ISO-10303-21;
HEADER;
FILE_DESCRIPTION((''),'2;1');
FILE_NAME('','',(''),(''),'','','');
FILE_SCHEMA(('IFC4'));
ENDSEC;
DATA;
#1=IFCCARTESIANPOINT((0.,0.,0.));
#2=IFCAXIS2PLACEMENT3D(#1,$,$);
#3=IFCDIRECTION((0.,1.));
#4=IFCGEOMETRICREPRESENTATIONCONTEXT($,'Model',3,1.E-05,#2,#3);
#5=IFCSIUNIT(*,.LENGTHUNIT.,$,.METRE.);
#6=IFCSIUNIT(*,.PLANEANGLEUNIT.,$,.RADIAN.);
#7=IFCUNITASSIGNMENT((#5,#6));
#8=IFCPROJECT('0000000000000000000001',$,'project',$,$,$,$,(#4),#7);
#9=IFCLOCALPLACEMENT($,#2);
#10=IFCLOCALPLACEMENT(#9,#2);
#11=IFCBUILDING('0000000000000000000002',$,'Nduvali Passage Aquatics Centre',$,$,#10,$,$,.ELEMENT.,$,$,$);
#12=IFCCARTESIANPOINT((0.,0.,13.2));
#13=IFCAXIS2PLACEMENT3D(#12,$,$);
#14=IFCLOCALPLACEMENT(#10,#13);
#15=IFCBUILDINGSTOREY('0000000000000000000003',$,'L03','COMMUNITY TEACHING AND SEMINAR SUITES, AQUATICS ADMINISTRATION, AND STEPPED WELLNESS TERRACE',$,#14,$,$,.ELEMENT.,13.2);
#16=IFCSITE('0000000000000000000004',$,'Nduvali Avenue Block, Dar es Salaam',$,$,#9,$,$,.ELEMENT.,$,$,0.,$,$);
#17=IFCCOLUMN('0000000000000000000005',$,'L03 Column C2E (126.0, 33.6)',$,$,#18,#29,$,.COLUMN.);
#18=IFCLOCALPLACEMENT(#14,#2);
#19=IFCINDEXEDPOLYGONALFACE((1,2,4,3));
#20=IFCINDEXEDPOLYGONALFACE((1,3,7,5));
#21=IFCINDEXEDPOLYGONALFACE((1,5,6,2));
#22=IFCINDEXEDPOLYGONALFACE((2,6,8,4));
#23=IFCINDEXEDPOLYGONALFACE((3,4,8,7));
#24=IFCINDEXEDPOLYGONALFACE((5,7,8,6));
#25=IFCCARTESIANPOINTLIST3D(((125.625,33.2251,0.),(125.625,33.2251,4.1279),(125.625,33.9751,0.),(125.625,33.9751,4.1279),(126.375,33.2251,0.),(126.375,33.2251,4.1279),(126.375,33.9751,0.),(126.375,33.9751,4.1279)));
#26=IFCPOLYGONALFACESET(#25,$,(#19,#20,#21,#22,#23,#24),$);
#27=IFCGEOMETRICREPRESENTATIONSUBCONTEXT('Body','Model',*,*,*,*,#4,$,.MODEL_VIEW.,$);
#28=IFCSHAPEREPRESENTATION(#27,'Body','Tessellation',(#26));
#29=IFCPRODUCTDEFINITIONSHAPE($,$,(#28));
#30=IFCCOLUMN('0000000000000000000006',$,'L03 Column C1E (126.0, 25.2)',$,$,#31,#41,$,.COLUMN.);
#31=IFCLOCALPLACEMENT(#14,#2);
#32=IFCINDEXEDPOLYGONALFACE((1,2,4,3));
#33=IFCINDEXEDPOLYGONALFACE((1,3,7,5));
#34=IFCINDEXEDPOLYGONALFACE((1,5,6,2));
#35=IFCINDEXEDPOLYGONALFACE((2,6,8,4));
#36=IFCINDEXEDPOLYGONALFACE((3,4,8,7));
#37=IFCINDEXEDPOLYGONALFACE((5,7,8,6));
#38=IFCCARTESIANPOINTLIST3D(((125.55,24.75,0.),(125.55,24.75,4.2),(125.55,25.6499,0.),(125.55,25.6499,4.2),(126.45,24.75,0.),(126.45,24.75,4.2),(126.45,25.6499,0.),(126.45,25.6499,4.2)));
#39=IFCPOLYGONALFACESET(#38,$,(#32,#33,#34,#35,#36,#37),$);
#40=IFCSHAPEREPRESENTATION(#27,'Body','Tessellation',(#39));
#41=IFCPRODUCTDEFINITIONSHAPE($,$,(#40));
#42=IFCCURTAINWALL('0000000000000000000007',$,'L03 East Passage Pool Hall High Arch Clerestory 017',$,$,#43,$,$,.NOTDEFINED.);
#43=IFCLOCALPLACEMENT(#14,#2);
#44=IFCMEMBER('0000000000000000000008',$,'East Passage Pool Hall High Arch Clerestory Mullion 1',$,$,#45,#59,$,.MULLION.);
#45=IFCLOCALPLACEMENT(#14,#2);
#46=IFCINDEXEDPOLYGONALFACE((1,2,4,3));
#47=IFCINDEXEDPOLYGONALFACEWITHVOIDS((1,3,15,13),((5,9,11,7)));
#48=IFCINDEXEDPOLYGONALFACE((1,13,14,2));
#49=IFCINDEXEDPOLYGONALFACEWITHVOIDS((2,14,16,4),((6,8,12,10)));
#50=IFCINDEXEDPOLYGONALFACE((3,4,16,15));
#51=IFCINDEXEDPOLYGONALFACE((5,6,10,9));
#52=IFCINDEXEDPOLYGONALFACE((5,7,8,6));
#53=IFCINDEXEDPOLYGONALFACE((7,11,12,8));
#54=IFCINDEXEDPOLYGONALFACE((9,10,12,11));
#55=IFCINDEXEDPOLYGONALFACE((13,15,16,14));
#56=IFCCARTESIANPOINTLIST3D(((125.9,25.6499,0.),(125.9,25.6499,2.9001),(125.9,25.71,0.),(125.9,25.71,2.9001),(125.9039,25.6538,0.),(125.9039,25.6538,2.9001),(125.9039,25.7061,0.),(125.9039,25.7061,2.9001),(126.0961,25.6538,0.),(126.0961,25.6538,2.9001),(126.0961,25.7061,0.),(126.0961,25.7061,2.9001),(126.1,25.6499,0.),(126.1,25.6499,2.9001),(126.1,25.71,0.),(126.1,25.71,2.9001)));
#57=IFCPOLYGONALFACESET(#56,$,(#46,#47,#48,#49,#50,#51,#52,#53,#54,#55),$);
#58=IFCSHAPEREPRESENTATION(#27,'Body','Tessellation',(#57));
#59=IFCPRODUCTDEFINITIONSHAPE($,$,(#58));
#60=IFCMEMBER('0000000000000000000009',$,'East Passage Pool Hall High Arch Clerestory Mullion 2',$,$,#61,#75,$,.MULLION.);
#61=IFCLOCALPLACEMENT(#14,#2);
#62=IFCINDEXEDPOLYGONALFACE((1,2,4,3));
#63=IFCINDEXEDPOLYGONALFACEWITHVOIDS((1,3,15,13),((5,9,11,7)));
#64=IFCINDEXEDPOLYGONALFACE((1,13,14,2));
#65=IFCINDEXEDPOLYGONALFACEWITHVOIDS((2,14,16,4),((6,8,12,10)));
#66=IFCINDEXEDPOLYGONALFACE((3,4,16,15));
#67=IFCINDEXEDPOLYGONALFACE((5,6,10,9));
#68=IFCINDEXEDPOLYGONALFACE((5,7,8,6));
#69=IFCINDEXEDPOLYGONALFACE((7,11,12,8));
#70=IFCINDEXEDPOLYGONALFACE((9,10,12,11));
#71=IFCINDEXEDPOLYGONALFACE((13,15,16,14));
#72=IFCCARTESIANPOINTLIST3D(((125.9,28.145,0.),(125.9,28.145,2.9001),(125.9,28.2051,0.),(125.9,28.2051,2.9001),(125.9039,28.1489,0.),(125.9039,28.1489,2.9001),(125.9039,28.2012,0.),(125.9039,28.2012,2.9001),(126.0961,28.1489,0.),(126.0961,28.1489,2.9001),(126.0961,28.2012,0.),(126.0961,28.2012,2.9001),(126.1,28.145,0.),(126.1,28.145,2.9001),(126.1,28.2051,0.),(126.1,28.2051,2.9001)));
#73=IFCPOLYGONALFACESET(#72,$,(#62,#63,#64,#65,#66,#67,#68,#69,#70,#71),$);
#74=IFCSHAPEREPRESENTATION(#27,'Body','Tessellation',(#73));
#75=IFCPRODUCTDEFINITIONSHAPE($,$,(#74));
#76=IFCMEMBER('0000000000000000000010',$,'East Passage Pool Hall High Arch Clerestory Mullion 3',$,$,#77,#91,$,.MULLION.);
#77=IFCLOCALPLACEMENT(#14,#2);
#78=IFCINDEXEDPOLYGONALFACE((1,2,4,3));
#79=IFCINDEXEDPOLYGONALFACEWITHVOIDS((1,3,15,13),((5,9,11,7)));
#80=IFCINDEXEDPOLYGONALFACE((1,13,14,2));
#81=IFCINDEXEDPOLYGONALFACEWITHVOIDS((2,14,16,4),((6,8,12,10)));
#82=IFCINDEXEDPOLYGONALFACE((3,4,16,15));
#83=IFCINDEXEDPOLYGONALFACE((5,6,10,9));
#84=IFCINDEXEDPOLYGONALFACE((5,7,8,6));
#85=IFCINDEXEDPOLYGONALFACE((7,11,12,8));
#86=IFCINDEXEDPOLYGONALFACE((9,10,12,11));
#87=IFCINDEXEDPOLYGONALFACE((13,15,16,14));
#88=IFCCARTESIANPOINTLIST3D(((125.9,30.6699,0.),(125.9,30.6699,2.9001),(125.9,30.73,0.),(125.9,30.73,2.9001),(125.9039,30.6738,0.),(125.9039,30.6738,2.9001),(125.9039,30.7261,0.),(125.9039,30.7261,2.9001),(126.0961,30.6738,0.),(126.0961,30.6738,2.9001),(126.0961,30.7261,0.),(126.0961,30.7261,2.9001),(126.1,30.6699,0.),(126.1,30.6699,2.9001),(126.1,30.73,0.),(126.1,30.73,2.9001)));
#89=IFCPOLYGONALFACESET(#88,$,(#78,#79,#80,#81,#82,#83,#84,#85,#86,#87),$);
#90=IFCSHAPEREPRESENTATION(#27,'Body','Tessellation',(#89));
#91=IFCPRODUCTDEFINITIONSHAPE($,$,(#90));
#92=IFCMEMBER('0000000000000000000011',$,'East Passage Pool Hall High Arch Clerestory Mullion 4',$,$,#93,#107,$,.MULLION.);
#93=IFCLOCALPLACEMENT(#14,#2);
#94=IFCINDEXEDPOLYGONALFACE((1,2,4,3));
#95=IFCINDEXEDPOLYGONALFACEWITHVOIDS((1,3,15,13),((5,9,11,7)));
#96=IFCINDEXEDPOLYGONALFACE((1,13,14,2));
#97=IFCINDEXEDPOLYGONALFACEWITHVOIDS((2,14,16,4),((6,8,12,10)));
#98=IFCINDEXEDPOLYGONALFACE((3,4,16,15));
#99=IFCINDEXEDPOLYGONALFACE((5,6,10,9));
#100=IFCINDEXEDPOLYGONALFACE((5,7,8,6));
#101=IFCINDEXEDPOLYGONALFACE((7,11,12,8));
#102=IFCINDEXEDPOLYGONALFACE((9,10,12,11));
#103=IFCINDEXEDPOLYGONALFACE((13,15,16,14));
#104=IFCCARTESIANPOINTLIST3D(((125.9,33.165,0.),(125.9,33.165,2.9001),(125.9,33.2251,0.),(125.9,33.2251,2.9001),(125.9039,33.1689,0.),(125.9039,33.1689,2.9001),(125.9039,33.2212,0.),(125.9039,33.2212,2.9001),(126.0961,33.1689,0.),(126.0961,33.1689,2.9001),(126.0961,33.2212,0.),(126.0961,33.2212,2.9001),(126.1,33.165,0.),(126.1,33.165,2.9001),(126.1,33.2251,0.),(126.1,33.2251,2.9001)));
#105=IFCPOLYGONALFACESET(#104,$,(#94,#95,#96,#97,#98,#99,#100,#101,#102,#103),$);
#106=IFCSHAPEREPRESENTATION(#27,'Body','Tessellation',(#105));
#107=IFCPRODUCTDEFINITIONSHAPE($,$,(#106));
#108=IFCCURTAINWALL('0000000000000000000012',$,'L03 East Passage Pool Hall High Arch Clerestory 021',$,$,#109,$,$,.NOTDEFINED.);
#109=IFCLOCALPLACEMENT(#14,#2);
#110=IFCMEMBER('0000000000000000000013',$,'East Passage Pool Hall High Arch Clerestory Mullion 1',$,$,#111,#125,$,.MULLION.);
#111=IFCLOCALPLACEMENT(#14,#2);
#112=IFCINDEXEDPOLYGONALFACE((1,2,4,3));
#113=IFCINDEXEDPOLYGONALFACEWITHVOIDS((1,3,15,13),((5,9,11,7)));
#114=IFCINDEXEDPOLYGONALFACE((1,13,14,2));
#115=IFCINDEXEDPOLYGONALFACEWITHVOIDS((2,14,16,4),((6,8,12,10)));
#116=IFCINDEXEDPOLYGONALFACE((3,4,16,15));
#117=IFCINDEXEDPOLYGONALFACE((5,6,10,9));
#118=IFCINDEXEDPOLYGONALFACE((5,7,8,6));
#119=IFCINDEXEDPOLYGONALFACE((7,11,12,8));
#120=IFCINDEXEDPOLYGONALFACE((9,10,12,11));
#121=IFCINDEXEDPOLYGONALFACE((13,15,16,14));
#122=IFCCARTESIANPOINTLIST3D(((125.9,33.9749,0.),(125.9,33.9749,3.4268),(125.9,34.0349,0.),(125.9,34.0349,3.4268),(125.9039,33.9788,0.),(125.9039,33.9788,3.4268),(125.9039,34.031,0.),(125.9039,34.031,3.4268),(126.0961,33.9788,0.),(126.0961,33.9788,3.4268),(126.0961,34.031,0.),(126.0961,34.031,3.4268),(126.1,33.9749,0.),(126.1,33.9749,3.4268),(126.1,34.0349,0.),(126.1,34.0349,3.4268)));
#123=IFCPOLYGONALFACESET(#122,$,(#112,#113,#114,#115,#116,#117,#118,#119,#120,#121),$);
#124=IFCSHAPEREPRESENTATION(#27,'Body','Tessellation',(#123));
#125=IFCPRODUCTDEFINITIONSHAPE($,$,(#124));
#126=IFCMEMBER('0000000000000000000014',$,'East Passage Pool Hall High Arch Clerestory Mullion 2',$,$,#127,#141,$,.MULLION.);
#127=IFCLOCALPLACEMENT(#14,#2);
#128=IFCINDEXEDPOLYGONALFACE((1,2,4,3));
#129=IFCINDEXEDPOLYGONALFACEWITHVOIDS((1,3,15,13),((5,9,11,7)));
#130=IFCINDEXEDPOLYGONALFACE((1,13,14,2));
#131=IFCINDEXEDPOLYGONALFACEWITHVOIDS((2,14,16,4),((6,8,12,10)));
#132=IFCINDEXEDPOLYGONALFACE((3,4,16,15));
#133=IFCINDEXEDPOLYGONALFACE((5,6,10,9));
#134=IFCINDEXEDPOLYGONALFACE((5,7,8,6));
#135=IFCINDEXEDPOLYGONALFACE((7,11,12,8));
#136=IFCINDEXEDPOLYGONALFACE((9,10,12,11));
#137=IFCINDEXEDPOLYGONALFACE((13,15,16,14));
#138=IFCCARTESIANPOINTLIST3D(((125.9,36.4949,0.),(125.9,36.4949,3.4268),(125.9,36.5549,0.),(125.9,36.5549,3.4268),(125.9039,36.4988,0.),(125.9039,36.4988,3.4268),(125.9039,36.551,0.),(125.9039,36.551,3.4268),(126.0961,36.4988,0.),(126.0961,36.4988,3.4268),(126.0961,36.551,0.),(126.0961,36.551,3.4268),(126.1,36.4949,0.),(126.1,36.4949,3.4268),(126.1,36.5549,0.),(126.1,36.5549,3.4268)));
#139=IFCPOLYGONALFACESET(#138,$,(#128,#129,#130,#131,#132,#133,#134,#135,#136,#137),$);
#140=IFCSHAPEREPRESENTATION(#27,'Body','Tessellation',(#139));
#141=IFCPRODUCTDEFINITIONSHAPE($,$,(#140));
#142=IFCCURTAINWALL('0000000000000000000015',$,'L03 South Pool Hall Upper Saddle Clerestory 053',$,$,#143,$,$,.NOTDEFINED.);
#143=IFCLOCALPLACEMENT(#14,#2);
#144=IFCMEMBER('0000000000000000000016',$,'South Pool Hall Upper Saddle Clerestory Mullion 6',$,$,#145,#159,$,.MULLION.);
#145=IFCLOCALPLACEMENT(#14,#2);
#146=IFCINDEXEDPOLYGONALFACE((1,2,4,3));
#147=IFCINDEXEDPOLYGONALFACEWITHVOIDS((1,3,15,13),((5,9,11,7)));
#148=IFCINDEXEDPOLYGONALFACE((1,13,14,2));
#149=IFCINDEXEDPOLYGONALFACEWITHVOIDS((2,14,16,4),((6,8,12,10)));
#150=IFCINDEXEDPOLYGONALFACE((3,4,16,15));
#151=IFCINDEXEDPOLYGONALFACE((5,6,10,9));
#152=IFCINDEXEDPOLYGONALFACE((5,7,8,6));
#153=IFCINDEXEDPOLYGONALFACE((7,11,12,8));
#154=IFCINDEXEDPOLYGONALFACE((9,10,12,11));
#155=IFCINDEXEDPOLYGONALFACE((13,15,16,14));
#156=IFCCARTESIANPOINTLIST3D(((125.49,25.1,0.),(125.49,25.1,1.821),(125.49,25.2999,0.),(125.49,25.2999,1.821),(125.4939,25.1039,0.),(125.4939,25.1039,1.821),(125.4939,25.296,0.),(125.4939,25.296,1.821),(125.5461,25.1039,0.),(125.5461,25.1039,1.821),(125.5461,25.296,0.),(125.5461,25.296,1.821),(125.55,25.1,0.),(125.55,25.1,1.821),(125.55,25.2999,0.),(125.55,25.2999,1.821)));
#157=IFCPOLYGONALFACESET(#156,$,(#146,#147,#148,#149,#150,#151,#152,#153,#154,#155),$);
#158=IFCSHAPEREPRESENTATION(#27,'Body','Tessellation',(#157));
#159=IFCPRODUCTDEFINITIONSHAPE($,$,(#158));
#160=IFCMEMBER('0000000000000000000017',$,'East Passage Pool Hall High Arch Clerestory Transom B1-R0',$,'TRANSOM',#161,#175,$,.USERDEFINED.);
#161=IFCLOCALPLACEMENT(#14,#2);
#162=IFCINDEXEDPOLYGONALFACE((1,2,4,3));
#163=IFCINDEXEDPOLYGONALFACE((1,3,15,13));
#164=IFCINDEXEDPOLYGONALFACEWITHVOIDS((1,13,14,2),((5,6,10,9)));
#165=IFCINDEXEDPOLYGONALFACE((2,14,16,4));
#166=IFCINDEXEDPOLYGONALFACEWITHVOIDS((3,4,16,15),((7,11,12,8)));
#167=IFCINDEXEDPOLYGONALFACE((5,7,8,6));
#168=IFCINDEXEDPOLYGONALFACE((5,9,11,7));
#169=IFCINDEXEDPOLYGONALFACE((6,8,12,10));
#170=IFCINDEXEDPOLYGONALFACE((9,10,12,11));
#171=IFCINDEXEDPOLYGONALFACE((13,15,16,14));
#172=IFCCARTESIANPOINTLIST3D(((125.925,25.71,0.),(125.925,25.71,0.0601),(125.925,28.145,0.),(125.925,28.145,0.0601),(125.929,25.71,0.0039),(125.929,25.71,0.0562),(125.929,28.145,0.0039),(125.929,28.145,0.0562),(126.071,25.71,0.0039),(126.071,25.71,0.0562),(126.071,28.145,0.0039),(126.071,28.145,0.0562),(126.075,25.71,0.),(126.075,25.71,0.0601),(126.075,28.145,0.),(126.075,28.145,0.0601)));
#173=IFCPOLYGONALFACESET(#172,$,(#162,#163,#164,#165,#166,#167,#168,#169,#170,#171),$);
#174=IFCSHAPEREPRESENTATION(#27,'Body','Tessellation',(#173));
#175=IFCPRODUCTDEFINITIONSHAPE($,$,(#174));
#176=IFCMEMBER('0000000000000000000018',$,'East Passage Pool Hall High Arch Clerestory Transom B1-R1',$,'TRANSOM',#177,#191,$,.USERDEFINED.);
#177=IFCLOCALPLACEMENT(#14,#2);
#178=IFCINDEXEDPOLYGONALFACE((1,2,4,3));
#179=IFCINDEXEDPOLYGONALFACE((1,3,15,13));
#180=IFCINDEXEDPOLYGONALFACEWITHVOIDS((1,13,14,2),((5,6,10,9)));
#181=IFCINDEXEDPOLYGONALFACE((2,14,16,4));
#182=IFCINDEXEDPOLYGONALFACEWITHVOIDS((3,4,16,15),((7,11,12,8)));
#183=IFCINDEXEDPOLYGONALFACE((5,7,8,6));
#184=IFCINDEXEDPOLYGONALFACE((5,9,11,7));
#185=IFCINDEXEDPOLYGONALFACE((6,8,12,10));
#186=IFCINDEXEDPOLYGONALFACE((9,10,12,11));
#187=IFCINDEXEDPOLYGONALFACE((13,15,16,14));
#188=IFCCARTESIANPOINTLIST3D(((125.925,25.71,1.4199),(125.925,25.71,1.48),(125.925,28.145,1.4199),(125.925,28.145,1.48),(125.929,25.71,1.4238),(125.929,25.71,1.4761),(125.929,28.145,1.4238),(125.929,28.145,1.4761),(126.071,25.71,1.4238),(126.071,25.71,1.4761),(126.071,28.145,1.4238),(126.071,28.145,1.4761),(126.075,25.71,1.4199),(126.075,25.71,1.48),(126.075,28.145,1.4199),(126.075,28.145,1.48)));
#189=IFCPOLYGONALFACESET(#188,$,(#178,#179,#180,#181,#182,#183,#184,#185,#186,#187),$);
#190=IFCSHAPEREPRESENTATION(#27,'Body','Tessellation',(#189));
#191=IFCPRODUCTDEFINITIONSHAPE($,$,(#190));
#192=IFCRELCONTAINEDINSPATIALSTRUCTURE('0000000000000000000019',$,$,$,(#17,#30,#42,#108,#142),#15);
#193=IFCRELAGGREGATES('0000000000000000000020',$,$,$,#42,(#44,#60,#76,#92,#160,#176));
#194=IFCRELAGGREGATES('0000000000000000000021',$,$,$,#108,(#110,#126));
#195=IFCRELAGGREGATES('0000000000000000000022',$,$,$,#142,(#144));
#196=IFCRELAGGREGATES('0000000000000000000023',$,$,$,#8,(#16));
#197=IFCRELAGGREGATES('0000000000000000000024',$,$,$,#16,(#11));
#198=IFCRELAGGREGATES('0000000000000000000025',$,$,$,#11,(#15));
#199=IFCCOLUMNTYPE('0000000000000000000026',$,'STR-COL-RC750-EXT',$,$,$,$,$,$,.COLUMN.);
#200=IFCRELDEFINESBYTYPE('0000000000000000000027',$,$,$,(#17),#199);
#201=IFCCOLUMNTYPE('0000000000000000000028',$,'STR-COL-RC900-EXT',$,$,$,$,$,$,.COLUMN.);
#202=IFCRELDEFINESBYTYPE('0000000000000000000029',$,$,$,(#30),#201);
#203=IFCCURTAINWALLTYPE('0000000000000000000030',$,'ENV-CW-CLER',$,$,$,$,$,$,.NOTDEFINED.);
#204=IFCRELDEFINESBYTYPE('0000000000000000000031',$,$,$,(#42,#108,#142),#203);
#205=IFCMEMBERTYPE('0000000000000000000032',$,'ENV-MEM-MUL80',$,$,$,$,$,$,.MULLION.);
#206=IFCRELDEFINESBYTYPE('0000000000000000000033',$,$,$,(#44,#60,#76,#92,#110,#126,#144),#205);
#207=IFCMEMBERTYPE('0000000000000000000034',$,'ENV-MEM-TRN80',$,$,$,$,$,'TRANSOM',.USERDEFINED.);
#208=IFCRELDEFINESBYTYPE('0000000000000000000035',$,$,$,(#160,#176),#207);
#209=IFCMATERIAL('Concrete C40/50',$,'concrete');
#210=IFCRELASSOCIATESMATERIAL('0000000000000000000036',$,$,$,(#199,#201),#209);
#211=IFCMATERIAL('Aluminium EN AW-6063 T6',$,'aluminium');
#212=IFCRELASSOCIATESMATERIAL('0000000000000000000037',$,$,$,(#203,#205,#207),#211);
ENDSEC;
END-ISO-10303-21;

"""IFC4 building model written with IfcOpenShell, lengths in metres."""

from ifc_helpers import new_model, si_unit, direction, frame, origin, origin_2d, place, context, subcontext, project, spatial, rectangle, hollow_rectangle, extrude, material, material_profile, profile_set, type_object, element, aggregate, save


model = new_model("IFC4")

# Units and contexts
model_context = context("Model", 3, precision=1e-05, world=origin(), true_north=direction((0.0, 1.0)))
body_context = subcontext(model_context, "Body", "Model", "MODEL_VIEW")
ifc_project = project(units=[si_unit("LENGTHUNIT", "METRE"), si_unit("PLANEANGLEUNIT", "RADIAN")], contexts=[model_context])

# Site, building, storey
site_placement = place(None, origin())
site = spatial("IfcSite", under=ifc_project, at=site_placement, Name="Nduvali Avenue Block, Dar es Salaam", CompositionType="ELEMENT", RefElevation=0.0)
building_placement = place(site_placement, origin())
building = spatial("IfcBuilding", under=site, at=building_placement, Name="Nduvali Passage Aquatics Centre", CompositionType="ELEMENT")
storey_placement = place(building_placement, frame((0.0, 0.0, 13.2)))
storey = spatial("IfcBuildingStorey", under=building, at=storey_placement, Name="L03", Description="COMMUNITY TEACHING AND SEMINAR SUITES, AQUATICS ADMINISTRATION, AND STEPPED WELLNESS TERRACE", CompositionType="ELEMENT", Elevation=13.2)

# Columns
ifc_material_1 = material(Name="Concrete C40/50", Category="concrete")
ifc_material_profile_1 = material_profile(ifc_material_1, rectangle(XDim=0.75, YDim=0.75, at=origin_2d()), Name="RC 750x750")
ifc_profile_set_1 = profile_set([ifc_material_profile_1], Name="Concrete C40/50")
column_type_1 = type_object("IfcColumnType", Name="STR-COL-RC750-EXT", PredefinedType="COLUMN", material=ifc_profile_set_1)
column_1_placement = place(storey_placement, frame((126.0, 33.6001, 0.0), z_axis=(0.0, 0.0, 1.0), x_axis=(1.0, 0.0, 0.0)))
element("IfcColumn", 1, at=column_1_placement, inside=storey, type_object=column_type_1, Name="L03 Column C2E (126.0, 33.6)", PredefinedType="COLUMN", context=body_context, shape_type="SweptSolid", body=[
    extrude(rectangle(XDim=0.75, YDim=0.75, at=origin_2d()), origin(), (0.0, 0.0, 1.0), 4.1279),
])
ifc_material_profile_2 = material_profile(ifc_material_1, rectangle(XDim=0.8999, YDim=0.8999, at=origin_2d()), Name="RC 900x900")
ifc_profile_set_2 = profile_set([ifc_material_profile_2], Name="Concrete C40/50")
column_type_2 = type_object("IfcColumnType", Name="STR-COL-RC900-EXT", PredefinedType="COLUMN", material=ifc_profile_set_2)
column_2_placement = place(storey_placement, frame((126.0, 25.2, 0.0), z_axis=(0.0, 0.0, 1.0), x_axis=(1.0, 0.0, 0.0)))
element("IfcColumn", 2, at=column_2_placement, inside=storey, type_object=column_type_2, Name="L03 Column C1E (126.0, 25.2)", PredefinedType="COLUMN", context=body_context, shape_type="SweptSolid", body=[
    extrude(rectangle(XDim=0.8999, YDim=0.8999, at=origin_2d()), origin(), (0.0, 0.0, 1.0), 4.2),
])

# Curtain walls, members
ifc_material_2 = material(Name="Aluminium EN AW-6063 T6", Category="aluminium")
curtain_wall_type = type_object("IfcCurtainWallType", Name="ENV-CW-CLER", PredefinedType="NOTDEFINED", material=ifc_material_2)
curtain_wall_1_placement = place(storey_placement, origin())
curtain_wall_1 = element("IfcCurtainWall", 3, at=curtain_wall_1_placement, inside=storey, type_object=curtain_wall_type, Name="L03 East Passage Pool Hall High Arch Clerestory 017", PredefinedType="NOTDEFINED")
ifc_material_profile_3 = material_profile(ifc_material_2, hollow_rectangle(XDim=0.0601, YDim=0.2, WallThickness=0.0039, at=origin_2d()), Name="ALU MULLION 60x200x4")
ifc_profile_set_3 = profile_set([ifc_material_profile_3], Name="Aluminium EN AW-6063 T6")
member_type_1 = type_object("IfcMemberType", Name="ENV-MEM-MUL80", PredefinedType="MULLION", material=ifc_profile_set_3)
member_1_placement = place(storey_placement, frame((126.0, 25.6799, 0.0), z_axis=(0.0, 0.0, 1.0), x_axis=(0.0, 1.0, 0.0)))
member_1 = element("IfcMember", 4, at=member_1_placement, type_object=member_type_1, Name="East Passage Pool Hall High Arch Clerestory Mullion 1", PredefinedType="MULLION", context=body_context, shape_type="SweptSolid", body=[
    extrude(hollow_rectangle(XDim=0.0601, YDim=0.2, WallThickness=0.0039, at=origin_2d()), origin(), (0.0, 0.0, 1.0), 2.9001),
])
member_2_placement = place(storey_placement, frame((126.0, 28.175, 0.0), z_axis=(0.0, 0.0, 1.0), x_axis=(0.0, 1.0, 0.0)))
member_2 = element("IfcMember", 5, at=member_2_placement, type_object=member_type_1, Name="East Passage Pool Hall High Arch Clerestory Mullion 2", PredefinedType="MULLION", context=body_context, shape_type="SweptSolid", body=[
    extrude(hollow_rectangle(XDim=0.0601, YDim=0.2, WallThickness=0.0039, at=origin_2d()), origin(), (0.0, 0.0, 1.0), 2.9001),
])
member_3_placement = place(storey_placement, frame((126.0, 30.7, 0.0), z_axis=(0.0, 0.0, 1.0), x_axis=(0.0, 1.0, 0.0)))
member_3 = element("IfcMember", 6, at=member_3_placement, type_object=member_type_1, Name="East Passage Pool Hall High Arch Clerestory Mullion 3", PredefinedType="MULLION", context=body_context, shape_type="SweptSolid", body=[
    extrude(hollow_rectangle(XDim=0.0601, YDim=0.2, WallThickness=0.0039, at=origin_2d()), origin(), (0.0, 0.0, 1.0), 2.9001),
])
member_4_placement = place(storey_placement, frame((126.0, 33.1951, 0.0), z_axis=(0.0, 0.0, 1.0), x_axis=(0.0, 1.0, 0.0)))
member_4 = element("IfcMember", 7, at=member_4_placement, type_object=member_type_1, Name="East Passage Pool Hall High Arch Clerestory Mullion 4", PredefinedType="MULLION", context=body_context, shape_type="SweptSolid", body=[
    extrude(hollow_rectangle(XDim=0.0601, YDim=0.2, WallThickness=0.0039, at=origin_2d()), origin(), (0.0, 0.0, 1.0), 2.9001),
])
curtain_wall_2_placement = place(storey_placement, origin())
curtain_wall_2 = element("IfcCurtainWall", 8, at=curtain_wall_2_placement, inside=storey, type_object=curtain_wall_type, Name="L03 East Passage Pool Hall High Arch Clerestory 021", PredefinedType="NOTDEFINED")
member_5_placement = place(storey_placement, frame((126.0, 34.0049, 0.0), z_axis=(0.0, 0.0, 1.0), x_axis=(0.0, 1.0, 0.0)))
member_5 = element("IfcMember", 9, at=member_5_placement, type_object=member_type_1, Name="East Passage Pool Hall High Arch Clerestory Mullion 1", PredefinedType="MULLION", context=body_context, shape_type="SweptSolid", body=[
    extrude(hollow_rectangle(XDim=0.0601, YDim=0.2, WallThickness=0.0039, at=origin_2d()), origin(), (0.0, 0.0, 1.0), 3.4268),
])
member_6_placement = place(storey_placement, frame((126.0, 36.5249, 0.0), z_axis=(0.0, 0.0, 1.0), x_axis=(0.0, 1.0, 0.0)))
member_6 = element("IfcMember", 10, at=member_6_placement, type_object=member_type_1, Name="East Passage Pool Hall High Arch Clerestory Mullion 2", PredefinedType="MULLION", context=body_context, shape_type="SweptSolid", body=[
    extrude(hollow_rectangle(XDim=0.0601, YDim=0.2, WallThickness=0.0039, at=origin_2d()), origin(), (0.0, 0.0, 1.0), 3.4268),
])

# Curtain wall, member
curtain_wall_3_placement = place(storey_placement, origin())
curtain_wall_3 = element("IfcCurtainWall", 11, at=curtain_wall_3_placement, inside=storey, type_object=curtain_wall_type, Name="L03 South Pool Hall Upper Saddle Clerestory 053", PredefinedType="NOTDEFINED")
member_7_placement = place(storey_placement, frame((125.52, 25.2, 0.0), z_axis=(0.0, 0.0, 1.0), x_axis=(1.0, 0.0, 0.0)))
member_7 = element("IfcMember", 12, at=member_7_placement, type_object=member_type_1, Name="South Pool Hall Upper Saddle Clerestory Mullion 6", PredefinedType="MULLION", context=body_context, shape_type="SweptSolid", body=[
    extrude(hollow_rectangle(XDim=0.0601, YDim=0.2, WallThickness=0.0039, at=origin_2d()), origin(), (0.0, 0.0, 1.0), 1.821),
])

# Members
ifc_material_profile_4 = material_profile(ifc_material_2, hollow_rectangle(XDim=0.1499, YDim=0.0601, WallThickness=0.0039, at=origin_2d()), Name="ALU TRANSOM 150x60x4")
ifc_profile_set_4 = profile_set([ifc_material_profile_4], Name="Aluminium EN AW-6063 T6")
member_type_2 = type_object("IfcMemberType", Name="ENV-MEM-TRN80", ElementType="TRANSOM", PredefinedType="USERDEFINED", material=ifc_profile_set_4)
member_8_placement = place(storey_placement, frame((126.0, 25.71, 0.03), z_axis=(0.0, 1.0, 0.0), x_axis=(-1.0, 0.0, 0.0)))
member_8 = element("IfcMember", 13, at=member_8_placement, type_object=member_type_2, Name="East Passage Pool Hall High Arch Clerestory Transom B1-R0", ObjectType="TRANSOM", PredefinedType="USERDEFINED", context=body_context, shape_type="SweptSolid", body=[
    extrude(hollow_rectangle(XDim=0.1499, YDim=0.0601, WallThickness=0.0039, at=origin_2d()), origin(), (0.0, 0.0, 1.0), 2.4351),
])
member_9_placement = place(storey_placement, frame((126.0, 25.71, 1.45), z_axis=(0.0, 1.0, 0.0), x_axis=(-1.0, 0.0, 0.0)))
member_9 = element("IfcMember", 14, at=member_9_placement, type_object=member_type_2, Name="East Passage Pool Hall High Arch Clerestory Transom B1-R1", ObjectType="TRANSOM", PredefinedType="USERDEFINED", context=body_context, shape_type="SweptSolid", body=[
    extrude(hollow_rectangle(XDim=0.1499, YDim=0.0601, WallThickness=0.0039, at=origin_2d()), origin(), (0.0, 0.0, 1.0), 2.4351),
])

aggregate(curtain_wall_1, [member_1, member_2, member_3, member_4, member_8, member_9])
aggregate(curtain_wall_2, [member_5, member_6])
aggregate(curtain_wall_3, [member_7])

save(model, "model.ifc")
